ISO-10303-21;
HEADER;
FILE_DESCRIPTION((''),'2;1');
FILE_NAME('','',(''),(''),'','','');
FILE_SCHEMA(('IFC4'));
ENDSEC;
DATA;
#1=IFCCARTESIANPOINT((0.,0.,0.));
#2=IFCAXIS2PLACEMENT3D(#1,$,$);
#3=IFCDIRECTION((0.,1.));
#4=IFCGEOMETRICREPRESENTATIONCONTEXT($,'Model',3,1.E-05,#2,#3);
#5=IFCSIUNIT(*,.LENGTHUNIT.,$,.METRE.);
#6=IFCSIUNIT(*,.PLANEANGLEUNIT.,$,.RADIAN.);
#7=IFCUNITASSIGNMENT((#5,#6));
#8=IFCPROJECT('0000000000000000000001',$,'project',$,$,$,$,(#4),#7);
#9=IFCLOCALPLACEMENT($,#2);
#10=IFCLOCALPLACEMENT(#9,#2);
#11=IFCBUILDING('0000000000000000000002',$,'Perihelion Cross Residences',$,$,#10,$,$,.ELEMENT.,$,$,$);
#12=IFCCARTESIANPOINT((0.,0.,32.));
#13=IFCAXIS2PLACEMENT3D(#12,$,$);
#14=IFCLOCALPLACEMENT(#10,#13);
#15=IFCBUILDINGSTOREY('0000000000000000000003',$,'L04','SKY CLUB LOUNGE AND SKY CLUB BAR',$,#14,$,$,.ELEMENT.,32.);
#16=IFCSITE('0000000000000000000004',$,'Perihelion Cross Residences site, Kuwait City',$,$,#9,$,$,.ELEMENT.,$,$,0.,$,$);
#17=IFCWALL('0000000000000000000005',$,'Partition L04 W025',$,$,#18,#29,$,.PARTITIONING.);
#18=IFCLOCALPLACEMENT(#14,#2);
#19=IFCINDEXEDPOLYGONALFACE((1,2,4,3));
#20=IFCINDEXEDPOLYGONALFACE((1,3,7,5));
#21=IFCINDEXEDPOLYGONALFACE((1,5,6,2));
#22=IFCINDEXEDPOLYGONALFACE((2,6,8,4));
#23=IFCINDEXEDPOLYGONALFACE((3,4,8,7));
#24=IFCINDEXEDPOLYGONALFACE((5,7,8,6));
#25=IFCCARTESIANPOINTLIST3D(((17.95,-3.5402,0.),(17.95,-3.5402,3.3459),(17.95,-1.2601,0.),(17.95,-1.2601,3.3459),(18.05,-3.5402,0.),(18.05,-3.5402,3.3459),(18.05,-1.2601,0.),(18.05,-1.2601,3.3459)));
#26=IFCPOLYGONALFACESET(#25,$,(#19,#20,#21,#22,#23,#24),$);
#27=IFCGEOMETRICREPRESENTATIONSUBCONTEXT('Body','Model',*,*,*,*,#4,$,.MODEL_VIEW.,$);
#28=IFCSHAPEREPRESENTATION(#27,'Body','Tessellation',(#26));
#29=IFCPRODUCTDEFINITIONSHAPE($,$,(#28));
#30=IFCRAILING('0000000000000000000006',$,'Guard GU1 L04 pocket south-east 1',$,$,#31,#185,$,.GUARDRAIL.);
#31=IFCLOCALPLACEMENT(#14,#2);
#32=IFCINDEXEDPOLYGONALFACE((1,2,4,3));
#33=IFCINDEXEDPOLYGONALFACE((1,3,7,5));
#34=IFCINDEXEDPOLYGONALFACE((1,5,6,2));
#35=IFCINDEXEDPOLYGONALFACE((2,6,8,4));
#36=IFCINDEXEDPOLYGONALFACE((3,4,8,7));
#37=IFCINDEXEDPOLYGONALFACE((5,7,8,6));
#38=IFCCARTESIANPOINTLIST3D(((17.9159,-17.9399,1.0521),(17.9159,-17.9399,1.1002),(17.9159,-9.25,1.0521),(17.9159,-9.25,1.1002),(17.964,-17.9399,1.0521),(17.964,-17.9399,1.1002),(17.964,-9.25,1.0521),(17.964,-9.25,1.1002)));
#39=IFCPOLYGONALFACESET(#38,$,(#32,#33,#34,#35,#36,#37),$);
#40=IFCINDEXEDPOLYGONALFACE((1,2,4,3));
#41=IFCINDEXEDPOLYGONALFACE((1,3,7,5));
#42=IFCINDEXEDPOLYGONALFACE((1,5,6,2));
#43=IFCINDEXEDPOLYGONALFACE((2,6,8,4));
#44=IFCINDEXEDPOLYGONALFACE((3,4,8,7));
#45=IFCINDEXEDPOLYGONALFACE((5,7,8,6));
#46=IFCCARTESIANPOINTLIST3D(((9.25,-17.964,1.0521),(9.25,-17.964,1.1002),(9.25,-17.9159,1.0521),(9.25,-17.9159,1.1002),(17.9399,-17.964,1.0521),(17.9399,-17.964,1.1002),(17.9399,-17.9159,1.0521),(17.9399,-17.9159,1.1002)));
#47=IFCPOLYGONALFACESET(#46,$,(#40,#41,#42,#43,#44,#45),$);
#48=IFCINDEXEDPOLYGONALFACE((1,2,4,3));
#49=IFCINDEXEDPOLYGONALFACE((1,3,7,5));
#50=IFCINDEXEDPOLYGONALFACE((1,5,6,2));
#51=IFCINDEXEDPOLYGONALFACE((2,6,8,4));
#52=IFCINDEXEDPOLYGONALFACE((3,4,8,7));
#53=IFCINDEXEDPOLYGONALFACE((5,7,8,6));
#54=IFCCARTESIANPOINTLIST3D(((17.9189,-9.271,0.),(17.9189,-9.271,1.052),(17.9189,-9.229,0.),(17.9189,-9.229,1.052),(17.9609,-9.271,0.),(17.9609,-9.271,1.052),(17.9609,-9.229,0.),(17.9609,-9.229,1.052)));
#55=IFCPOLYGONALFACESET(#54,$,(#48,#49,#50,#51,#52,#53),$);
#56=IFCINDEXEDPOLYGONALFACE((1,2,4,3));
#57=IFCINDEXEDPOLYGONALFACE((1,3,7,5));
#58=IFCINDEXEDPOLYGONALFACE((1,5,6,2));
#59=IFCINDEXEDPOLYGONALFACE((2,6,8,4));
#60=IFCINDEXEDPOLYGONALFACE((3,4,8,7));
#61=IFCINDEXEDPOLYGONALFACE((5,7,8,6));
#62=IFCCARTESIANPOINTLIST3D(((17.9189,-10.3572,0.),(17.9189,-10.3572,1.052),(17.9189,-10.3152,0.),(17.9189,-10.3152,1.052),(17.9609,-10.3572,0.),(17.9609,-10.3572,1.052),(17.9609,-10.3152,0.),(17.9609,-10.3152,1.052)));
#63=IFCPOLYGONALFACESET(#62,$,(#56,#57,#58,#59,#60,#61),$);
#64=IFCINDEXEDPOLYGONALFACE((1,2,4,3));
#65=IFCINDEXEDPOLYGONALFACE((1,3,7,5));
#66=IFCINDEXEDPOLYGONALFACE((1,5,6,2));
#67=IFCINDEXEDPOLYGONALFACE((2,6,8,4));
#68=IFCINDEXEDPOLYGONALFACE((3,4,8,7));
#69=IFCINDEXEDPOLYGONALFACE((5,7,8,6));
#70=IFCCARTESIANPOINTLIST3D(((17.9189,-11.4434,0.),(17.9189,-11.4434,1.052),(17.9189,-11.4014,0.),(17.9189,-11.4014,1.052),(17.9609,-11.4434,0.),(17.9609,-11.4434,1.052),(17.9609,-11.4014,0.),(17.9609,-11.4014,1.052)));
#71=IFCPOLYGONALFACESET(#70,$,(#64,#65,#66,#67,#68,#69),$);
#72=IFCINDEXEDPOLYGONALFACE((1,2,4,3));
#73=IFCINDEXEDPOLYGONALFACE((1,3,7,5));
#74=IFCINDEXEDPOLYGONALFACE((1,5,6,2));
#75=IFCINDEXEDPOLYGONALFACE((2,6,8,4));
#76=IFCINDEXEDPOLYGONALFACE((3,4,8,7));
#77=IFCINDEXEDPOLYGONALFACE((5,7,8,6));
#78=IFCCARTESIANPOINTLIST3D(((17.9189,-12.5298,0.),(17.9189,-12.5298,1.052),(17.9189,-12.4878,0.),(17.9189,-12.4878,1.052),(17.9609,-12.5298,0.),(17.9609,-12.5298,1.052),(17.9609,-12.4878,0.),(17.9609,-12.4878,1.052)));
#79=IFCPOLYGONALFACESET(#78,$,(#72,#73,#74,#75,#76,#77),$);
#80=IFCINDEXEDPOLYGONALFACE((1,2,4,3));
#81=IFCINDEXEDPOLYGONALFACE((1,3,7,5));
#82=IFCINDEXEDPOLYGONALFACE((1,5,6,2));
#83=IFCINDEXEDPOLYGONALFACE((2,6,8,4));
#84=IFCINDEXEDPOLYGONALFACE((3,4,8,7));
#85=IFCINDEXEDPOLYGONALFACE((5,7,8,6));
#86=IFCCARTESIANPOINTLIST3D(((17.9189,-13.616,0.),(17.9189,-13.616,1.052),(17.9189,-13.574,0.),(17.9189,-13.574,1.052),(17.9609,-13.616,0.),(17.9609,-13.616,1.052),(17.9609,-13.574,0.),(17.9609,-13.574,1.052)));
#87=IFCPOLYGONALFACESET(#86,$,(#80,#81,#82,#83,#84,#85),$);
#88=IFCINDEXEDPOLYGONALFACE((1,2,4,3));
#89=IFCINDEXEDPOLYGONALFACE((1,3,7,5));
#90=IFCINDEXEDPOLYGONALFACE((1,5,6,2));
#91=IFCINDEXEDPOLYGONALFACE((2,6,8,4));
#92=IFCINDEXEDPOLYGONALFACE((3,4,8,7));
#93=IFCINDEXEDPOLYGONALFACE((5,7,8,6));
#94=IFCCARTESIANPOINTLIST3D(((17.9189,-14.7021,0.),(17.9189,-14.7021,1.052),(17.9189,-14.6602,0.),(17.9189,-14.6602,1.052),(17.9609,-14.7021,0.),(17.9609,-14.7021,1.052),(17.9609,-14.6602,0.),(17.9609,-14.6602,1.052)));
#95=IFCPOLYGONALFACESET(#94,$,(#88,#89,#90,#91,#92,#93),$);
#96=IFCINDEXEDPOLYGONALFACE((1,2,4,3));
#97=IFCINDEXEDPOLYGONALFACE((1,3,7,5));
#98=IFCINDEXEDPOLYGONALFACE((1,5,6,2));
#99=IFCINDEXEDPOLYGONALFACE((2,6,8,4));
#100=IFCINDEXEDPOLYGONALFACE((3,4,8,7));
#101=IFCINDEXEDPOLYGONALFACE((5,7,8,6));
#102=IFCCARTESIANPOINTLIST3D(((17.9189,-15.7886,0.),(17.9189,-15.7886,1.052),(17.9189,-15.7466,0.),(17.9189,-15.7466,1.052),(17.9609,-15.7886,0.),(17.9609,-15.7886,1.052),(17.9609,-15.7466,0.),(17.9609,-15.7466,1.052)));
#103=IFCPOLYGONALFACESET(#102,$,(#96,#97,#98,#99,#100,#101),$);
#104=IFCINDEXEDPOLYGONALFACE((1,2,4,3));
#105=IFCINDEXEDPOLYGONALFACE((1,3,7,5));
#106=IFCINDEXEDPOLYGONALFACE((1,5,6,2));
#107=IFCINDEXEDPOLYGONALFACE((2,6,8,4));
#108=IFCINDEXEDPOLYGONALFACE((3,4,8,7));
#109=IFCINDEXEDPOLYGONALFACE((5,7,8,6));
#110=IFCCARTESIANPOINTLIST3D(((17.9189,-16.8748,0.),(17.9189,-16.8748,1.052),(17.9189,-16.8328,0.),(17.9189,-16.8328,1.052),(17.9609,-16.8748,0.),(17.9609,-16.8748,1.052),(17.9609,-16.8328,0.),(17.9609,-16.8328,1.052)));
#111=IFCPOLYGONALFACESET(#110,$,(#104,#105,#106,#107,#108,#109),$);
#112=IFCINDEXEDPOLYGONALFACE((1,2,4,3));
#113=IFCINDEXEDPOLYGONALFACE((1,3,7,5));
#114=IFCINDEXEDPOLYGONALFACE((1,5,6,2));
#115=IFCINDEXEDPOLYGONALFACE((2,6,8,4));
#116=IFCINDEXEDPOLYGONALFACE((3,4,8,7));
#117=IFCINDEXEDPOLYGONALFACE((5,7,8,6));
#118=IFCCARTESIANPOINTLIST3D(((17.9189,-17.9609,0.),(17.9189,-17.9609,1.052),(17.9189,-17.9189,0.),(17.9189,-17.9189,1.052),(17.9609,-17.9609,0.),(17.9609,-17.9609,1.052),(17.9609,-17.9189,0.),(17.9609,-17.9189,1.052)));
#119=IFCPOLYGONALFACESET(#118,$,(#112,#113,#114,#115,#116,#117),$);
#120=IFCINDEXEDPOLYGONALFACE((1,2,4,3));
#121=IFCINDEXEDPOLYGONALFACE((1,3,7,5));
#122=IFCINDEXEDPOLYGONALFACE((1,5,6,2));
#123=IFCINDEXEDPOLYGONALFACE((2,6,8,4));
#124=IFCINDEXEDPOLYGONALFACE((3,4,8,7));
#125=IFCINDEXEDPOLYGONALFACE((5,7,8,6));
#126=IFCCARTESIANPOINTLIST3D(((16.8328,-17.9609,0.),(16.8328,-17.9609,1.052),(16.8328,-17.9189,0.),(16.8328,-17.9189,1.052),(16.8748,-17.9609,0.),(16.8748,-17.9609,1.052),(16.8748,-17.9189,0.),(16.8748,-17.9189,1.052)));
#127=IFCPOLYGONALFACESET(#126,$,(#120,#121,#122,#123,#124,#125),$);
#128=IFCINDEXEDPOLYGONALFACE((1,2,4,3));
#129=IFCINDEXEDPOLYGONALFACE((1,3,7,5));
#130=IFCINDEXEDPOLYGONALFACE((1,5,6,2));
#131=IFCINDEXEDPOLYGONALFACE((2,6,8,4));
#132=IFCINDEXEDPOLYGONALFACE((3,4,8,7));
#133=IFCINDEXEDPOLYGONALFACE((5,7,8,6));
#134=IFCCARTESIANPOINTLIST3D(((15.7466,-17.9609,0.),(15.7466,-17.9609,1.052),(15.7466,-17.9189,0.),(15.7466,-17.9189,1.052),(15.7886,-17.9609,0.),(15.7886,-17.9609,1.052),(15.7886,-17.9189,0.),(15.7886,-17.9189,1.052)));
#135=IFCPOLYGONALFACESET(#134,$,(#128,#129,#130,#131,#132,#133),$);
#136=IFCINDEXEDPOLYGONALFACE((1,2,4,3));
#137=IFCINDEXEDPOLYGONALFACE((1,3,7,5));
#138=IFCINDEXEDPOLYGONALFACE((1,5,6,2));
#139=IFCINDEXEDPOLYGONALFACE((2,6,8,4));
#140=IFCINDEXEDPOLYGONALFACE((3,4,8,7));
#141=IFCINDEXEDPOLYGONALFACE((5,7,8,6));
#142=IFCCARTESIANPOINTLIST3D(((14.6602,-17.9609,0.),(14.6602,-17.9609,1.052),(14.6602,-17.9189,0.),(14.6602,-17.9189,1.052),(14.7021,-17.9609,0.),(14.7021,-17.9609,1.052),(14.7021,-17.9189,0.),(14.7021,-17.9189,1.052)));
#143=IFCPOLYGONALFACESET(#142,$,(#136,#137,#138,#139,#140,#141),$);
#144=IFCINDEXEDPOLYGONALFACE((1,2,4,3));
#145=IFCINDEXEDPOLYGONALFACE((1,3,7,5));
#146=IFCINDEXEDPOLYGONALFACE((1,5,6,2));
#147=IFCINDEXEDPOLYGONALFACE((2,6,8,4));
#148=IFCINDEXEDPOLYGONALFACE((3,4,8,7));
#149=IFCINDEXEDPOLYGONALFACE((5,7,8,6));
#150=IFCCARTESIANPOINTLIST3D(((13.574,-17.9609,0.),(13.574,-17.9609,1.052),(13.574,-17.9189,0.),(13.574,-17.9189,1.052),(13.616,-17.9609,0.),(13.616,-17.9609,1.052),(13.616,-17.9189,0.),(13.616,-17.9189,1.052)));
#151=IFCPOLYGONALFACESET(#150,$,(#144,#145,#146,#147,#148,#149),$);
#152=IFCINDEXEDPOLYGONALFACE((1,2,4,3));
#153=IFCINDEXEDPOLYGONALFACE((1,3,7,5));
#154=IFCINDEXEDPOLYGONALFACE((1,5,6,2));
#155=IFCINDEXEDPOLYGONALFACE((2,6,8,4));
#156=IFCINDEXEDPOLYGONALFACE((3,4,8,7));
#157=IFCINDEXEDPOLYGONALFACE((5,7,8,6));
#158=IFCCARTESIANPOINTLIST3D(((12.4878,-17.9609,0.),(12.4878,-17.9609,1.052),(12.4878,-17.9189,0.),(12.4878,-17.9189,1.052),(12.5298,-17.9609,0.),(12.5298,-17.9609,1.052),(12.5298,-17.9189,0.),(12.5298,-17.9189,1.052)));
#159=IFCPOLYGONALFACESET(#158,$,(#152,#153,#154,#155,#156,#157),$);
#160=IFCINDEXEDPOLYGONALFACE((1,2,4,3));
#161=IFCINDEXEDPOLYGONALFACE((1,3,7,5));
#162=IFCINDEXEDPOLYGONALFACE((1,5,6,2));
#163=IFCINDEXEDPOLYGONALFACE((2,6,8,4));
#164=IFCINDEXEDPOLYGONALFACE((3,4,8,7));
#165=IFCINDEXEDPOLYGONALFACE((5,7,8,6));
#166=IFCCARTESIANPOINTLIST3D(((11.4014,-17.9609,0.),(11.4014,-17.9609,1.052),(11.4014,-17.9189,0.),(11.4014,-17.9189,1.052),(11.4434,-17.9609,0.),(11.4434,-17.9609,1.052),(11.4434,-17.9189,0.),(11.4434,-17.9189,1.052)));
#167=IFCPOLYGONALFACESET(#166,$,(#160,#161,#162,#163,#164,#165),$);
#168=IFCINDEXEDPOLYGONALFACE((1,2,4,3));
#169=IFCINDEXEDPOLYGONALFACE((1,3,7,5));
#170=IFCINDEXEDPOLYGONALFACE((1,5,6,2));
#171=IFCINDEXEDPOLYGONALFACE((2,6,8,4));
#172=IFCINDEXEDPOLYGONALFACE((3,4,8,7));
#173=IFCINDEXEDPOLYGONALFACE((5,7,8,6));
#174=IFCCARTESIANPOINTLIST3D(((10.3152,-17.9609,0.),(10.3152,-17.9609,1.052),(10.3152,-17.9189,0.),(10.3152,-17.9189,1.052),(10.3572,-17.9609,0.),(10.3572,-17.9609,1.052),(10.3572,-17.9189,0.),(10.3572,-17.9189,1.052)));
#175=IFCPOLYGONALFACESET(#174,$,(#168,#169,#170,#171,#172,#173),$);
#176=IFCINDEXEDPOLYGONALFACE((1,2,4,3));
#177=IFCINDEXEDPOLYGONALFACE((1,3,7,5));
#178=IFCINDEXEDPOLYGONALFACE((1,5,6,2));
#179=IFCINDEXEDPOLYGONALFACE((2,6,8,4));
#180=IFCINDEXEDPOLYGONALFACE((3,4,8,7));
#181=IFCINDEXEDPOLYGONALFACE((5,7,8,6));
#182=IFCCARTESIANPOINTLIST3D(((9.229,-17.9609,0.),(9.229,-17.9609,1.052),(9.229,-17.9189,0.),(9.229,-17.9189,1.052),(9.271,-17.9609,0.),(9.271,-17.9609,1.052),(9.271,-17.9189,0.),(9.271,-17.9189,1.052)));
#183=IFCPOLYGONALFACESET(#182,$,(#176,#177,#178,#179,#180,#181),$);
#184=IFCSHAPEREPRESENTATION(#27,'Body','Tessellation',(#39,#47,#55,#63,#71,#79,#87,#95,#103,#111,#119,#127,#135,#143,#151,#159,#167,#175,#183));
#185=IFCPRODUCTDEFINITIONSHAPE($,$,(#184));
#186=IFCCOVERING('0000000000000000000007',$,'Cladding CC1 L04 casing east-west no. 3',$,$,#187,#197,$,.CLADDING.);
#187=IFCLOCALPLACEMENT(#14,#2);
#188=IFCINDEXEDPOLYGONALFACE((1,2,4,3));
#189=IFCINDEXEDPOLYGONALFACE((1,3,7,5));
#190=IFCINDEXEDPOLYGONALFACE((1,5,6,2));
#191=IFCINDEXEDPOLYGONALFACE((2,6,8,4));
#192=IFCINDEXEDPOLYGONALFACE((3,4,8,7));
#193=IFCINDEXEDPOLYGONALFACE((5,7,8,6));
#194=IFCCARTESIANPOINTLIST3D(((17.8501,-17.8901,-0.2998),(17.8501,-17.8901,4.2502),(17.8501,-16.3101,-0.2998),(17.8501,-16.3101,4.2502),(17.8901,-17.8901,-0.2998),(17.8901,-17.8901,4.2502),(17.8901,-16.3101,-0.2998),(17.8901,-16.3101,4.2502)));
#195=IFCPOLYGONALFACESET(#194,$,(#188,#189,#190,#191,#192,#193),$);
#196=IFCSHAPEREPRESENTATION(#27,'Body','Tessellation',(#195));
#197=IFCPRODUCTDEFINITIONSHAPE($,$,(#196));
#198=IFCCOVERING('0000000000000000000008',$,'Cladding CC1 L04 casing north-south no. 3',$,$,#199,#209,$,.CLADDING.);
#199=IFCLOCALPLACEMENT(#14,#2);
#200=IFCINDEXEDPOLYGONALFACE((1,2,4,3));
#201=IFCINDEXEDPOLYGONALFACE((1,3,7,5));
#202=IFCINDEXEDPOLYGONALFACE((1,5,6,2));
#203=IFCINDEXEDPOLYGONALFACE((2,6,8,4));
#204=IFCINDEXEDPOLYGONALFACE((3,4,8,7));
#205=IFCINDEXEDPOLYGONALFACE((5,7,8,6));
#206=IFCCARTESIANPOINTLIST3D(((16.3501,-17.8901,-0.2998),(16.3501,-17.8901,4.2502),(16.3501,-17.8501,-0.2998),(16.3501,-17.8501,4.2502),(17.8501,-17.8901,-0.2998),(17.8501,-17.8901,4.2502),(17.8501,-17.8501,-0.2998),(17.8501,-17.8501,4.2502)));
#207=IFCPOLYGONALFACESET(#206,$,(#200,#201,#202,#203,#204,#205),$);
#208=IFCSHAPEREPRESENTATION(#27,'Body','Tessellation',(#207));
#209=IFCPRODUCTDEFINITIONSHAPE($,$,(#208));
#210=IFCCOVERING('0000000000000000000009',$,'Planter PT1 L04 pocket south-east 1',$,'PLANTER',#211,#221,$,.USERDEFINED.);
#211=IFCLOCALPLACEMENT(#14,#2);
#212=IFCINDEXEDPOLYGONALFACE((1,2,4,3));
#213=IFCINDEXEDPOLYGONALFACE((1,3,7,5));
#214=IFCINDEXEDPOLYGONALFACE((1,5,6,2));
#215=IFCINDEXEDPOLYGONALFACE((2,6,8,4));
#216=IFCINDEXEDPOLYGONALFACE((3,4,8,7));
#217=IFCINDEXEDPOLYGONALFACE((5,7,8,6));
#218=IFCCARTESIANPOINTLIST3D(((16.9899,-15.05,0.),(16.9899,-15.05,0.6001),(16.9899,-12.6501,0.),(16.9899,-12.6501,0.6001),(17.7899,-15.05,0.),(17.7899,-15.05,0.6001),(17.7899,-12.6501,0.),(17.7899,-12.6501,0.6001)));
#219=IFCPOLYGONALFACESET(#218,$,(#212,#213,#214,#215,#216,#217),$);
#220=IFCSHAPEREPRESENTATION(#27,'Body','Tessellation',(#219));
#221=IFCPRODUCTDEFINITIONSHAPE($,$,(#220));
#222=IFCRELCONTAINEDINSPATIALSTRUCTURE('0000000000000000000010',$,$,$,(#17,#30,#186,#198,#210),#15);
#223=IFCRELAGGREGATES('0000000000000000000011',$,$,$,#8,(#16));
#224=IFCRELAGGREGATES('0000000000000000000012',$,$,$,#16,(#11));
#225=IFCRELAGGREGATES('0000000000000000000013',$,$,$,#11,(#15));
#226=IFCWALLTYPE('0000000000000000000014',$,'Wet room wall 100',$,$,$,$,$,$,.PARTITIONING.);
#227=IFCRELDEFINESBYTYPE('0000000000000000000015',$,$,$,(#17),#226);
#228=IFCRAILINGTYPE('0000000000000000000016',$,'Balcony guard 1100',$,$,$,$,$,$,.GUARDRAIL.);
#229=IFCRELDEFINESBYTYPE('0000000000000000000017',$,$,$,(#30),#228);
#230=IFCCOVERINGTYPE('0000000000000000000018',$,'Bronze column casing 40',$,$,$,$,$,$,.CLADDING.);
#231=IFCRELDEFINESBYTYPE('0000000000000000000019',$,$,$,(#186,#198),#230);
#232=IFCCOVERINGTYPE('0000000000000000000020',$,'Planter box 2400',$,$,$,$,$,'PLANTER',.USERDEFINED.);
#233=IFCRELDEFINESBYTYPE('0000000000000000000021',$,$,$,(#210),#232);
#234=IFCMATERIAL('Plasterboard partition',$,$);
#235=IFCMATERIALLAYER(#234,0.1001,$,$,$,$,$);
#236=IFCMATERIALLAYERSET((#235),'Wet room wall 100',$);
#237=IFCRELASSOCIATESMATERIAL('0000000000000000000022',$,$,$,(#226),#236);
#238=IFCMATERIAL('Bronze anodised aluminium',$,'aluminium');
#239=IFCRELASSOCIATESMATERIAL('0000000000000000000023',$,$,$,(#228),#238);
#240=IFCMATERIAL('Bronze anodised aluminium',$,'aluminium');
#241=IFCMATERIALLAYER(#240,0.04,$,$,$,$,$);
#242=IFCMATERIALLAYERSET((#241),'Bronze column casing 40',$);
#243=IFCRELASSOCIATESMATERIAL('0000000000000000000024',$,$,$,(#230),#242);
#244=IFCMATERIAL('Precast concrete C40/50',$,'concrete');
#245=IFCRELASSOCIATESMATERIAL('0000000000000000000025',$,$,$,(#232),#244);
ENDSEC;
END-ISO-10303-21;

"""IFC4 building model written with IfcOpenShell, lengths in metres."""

from ifc_helpers import new_model, si_unit, direction, frame, frame_2d, origin, origin_2d, place, context, subcontext, project, spatial, rectangle, extrude, material, layer, layer_set, type_object, element, save


model = new_model("IFC4")

# Units and contexts
model_context = context("Model", 3, precision=1e-05, world=origin(), true_north=direction((0.0, 1.0)))
body_context = subcontext(model_context, "Body", "Model", "MODEL_VIEW")
ifc_project = project(units=[si_unit("LENGTHUNIT", "METRE"), si_unit("PLANEANGLEUNIT", "RADIAN")], contexts=[model_context])

# Site, building, storey
site_placement = place(None, origin())
site = spatial("IfcSite", under=ifc_project, at=site_placement, Name="Perihelion Cross Residences site, Kuwait City", CompositionType="ELEMENT", RefElevation=0.0)
building_placement = place(site_placement, origin())
building = spatial("IfcBuilding", under=site, at=building_placement, Name="Perihelion Cross Residences", CompositionType="ELEMENT")
storey_placement = place(building_placement, frame((0.0, 0.0, 32.0)))
storey = spatial("IfcBuildingStorey", under=building, at=storey_placement, Name="L04", Description="SKY CLUB LOUNGE AND SKY CLUB BAR", CompositionType="ELEMENT", Elevation=32.0)

# Wall
ifc_material_1 = material(Name="Plasterboard partition")
ifc_layer_1 = layer(ifc_material_1, 0.1001)
ifc_layer_set_1 = layer_set([ifc_layer_1], Name="Wet room wall 100")
wall_type_1 = type_object("IfcWallType", Name="Wet room wall 100", PredefinedType="PARTITIONING", material=ifc_layer_set_1)
wall_1_placement = place(storey_placement, frame((18.0, -1.26, 0.0), z_axis=(0.0, 0.0, 1.0), x_axis=(0.0, -1.0, 0.0)))
element("IfcWall", 1, at=wall_1_placement, inside=storey, type_object=wall_type_1, Name="Partition L04 W025", PredefinedType="PARTITIONING", context=body_context, shape_type="SweptSolid", body=[
    extrude(rectangle(XDim=2.28, YDim=0.1001, at=frame_2d((1.1401, 0.0))), origin(), (0.0, 0.0, 1.0), 3.3459),
])

# Railing
ifc_material_2 = material(Name="Bronze anodised aluminium", Category="aluminium")
railing_type = type_object("IfcRailingType", Name="Balcony guard 1100", PredefinedType="GUARDRAIL", material=ifc_material_2)
railing_placement = place(storey_placement, frame((17.9399, -9.25, 0.0)))
element("IfcRailing", 2, at=railing_placement, inside=storey, type_object=railing_type, Name="Guard GU1 L04 pocket south-east 1", PredefinedType="GUARDRAIL", context=body_context, shape_type="SweptSolid", body=[
    extrude(rectangle(XDim=0.0481, YDim=0.0481, at=origin_2d()), frame((0.0, 0.0, 1.0762), z_axis=(0.0, -1.0, 0.0), x_axis=(1.0, 0.0, 0.0)), (0.0, 0.0, 1.0), 8.6899),
    extrude(rectangle(XDim=0.0481, YDim=0.0481, at=origin_2d()), frame((0.0, -8.6899, 1.0762), z_axis=(-1.0, 0.0, 0.0), x_axis=(0.0, -1.0, 0.0)), (0.0, 0.0, 1.0), 8.6899),
    extrude(rectangle(XDim=0.042, YDim=0.042, at=origin_2d()), origin(), (0.0, 0.0, 1.0), 1.052),
    extrude(rectangle(XDim=0.042, YDim=0.042, at=origin_2d()), frame((0.0, -1.0862, 0.0)), (0.0, 0.0, 1.0), 1.052),
    extrude(rectangle(XDim=0.042, YDim=0.042, at=origin_2d()), frame((0.0, -2.1724, 0.0)), (0.0, 0.0, 1.0), 1.052),
    extrude(rectangle(XDim=0.042, YDim=0.042, at=origin_2d()), frame((0.0, -3.2588, 0.0)), (0.0, 0.0, 1.0), 1.052),
    extrude(rectangle(XDim=0.042, YDim=0.042, at=origin_2d()), frame((0.0, -4.345, 0.0)), (0.0, 0.0, 1.0), 1.052),
    extrude(rectangle(XDim=0.042, YDim=0.042, at=origin_2d()), frame((0.0, -5.4312, 0.0)), (0.0, 0.0, 1.0), 1.052),
    extrude(rectangle(XDim=0.042, YDim=0.042, at=origin_2d()), frame((0.0, -6.5176, 0.0)), (0.0, 0.0, 1.0), 1.052),
    extrude(rectangle(XDim=0.042, YDim=0.042, at=origin_2d()), frame((0.0, -7.6038, 0.0)), (0.0, 0.0, 1.0), 1.052),
    extrude(rectangle(XDim=0.042, YDim=0.042, at=origin_2d()), frame((0.0, -8.6899, 0.0)), (0.0, 0.0, 1.0), 1.052),
    extrude(rectangle(XDim=0.042, YDim=0.042, at=origin_2d()), frame((-1.0862, -8.6899, 0.0)), (0.0, 0.0, 1.0), 1.052),
    extrude(rectangle(XDim=0.042, YDim=0.042, at=origin_2d()), frame((-2.1724, -8.6899, 0.0)), (0.0, 0.0, 1.0), 1.052),
    extrude(rectangle(XDim=0.042, YDim=0.042, at=origin_2d()), frame((-3.2588, -8.6899, 0.0)), (0.0, 0.0, 1.0), 1.052),
    extrude(rectangle(XDim=0.042, YDim=0.042, at=origin_2d()), frame((-4.345, -8.6899, 0.0)), (0.0, 0.0, 1.0), 1.052),
    extrude(rectangle(XDim=0.042, YDim=0.042, at=origin_2d()), frame((-5.4312, -8.6899, 0.0)), (0.0, 0.0, 1.0), 1.052),
    extrude(rectangle(XDim=0.042, YDim=0.042, at=origin_2d()), frame((-6.5176, -8.6899, 0.0)), (0.0, 0.0, 1.0), 1.052),
    extrude(rectangle(XDim=0.042, YDim=0.042, at=origin_2d()), frame((-7.6038, -8.6899, 0.0)), (0.0, 0.0, 1.0), 1.052),
    extrude(rectangle(XDim=0.042, YDim=0.042, at=origin_2d()), frame((-8.6899, -8.6899, 0.0)), (0.0, 0.0, 1.0), 1.052),
])

# Coverings
ifc_material_3 = material(Name="Bronze anodised aluminium", Category="aluminium")
ifc_layer_2 = layer(ifc_material_3, 0.04)
ifc_layer_set_2 = layer_set([ifc_layer_2], Name="Bronze column casing 40")
covering_type_1 = type_object("IfcCoveringType", Name="Bronze column casing 40", PredefinedType="CLADDING", material=ifc_layer_set_2)
covering_1_placement = place(storey_placement, frame((17.8701, -17.1001, -0.2998), z_axis=(0.0, 0.0, 1.0), x_axis=(1.0, 0.0, 0.0)))
element("IfcCovering", 3, at=covering_1_placement, inside=storey, type_object=covering_type_1, Name="Cladding CC1 L04 casing east-west no. 3", PredefinedType="CLADDING", context=body_context, shape_type="SweptSolid", body=[
    extrude(rectangle(XDim=0.04, YDim=1.5801, at=origin_2d()), origin(), (0.0, 0.0, 1.0), 4.55),
])
covering_2_placement = place(storey_placement, frame((17.1001, -17.8701, -0.2998), z_axis=(0.0, 0.0, 1.0), x_axis=(1.0, 0.0, 0.0)))
element("IfcCovering", 4, at=covering_2_placement, inside=storey, type_object=covering_type_1, Name="Cladding CC1 L04 casing north-south no. 3", PredefinedType="CLADDING", context=body_context, shape_type="SweptSolid", body=[
    extrude(rectangle(XDim=1.5, YDim=0.04, at=origin_2d()), origin(), (0.0, 0.0, 1.0), 4.55),
])
ifc_material_4 = material(Name="Precast concrete C40/50", Category="concrete")
covering_type_2 = type_object("IfcCoveringType", Name="Planter box 2400", ElementType="PLANTER", PredefinedType="USERDEFINED", material=ifc_material_4)
for number, where, z_axis, x_axis, name in (
    (5, (17.3899, -13.8501, 0.0), (0.0, 0.0, 1.0), (0.0, -1.0, 0.0), "Planter PT1 L04 pocket south-east 1"),
):
    element("IfcCovering", number, at=place(storey_placement, frame(where, z_axis=z_axis, x_axis=x_axis)), inside=storey, type_object=covering_type_2, Name=name, ObjectType="PLANTER", PredefinedType="USERDEFINED", context=body_context, shape_type="SweptSolid", body=[
        extrude(rectangle(XDim=2.3999, YDim=0.8, at=origin_2d()), origin(), (0.0, 0.0, 1.0), 0.6001),
    ])

save(model, "model.ifc")
